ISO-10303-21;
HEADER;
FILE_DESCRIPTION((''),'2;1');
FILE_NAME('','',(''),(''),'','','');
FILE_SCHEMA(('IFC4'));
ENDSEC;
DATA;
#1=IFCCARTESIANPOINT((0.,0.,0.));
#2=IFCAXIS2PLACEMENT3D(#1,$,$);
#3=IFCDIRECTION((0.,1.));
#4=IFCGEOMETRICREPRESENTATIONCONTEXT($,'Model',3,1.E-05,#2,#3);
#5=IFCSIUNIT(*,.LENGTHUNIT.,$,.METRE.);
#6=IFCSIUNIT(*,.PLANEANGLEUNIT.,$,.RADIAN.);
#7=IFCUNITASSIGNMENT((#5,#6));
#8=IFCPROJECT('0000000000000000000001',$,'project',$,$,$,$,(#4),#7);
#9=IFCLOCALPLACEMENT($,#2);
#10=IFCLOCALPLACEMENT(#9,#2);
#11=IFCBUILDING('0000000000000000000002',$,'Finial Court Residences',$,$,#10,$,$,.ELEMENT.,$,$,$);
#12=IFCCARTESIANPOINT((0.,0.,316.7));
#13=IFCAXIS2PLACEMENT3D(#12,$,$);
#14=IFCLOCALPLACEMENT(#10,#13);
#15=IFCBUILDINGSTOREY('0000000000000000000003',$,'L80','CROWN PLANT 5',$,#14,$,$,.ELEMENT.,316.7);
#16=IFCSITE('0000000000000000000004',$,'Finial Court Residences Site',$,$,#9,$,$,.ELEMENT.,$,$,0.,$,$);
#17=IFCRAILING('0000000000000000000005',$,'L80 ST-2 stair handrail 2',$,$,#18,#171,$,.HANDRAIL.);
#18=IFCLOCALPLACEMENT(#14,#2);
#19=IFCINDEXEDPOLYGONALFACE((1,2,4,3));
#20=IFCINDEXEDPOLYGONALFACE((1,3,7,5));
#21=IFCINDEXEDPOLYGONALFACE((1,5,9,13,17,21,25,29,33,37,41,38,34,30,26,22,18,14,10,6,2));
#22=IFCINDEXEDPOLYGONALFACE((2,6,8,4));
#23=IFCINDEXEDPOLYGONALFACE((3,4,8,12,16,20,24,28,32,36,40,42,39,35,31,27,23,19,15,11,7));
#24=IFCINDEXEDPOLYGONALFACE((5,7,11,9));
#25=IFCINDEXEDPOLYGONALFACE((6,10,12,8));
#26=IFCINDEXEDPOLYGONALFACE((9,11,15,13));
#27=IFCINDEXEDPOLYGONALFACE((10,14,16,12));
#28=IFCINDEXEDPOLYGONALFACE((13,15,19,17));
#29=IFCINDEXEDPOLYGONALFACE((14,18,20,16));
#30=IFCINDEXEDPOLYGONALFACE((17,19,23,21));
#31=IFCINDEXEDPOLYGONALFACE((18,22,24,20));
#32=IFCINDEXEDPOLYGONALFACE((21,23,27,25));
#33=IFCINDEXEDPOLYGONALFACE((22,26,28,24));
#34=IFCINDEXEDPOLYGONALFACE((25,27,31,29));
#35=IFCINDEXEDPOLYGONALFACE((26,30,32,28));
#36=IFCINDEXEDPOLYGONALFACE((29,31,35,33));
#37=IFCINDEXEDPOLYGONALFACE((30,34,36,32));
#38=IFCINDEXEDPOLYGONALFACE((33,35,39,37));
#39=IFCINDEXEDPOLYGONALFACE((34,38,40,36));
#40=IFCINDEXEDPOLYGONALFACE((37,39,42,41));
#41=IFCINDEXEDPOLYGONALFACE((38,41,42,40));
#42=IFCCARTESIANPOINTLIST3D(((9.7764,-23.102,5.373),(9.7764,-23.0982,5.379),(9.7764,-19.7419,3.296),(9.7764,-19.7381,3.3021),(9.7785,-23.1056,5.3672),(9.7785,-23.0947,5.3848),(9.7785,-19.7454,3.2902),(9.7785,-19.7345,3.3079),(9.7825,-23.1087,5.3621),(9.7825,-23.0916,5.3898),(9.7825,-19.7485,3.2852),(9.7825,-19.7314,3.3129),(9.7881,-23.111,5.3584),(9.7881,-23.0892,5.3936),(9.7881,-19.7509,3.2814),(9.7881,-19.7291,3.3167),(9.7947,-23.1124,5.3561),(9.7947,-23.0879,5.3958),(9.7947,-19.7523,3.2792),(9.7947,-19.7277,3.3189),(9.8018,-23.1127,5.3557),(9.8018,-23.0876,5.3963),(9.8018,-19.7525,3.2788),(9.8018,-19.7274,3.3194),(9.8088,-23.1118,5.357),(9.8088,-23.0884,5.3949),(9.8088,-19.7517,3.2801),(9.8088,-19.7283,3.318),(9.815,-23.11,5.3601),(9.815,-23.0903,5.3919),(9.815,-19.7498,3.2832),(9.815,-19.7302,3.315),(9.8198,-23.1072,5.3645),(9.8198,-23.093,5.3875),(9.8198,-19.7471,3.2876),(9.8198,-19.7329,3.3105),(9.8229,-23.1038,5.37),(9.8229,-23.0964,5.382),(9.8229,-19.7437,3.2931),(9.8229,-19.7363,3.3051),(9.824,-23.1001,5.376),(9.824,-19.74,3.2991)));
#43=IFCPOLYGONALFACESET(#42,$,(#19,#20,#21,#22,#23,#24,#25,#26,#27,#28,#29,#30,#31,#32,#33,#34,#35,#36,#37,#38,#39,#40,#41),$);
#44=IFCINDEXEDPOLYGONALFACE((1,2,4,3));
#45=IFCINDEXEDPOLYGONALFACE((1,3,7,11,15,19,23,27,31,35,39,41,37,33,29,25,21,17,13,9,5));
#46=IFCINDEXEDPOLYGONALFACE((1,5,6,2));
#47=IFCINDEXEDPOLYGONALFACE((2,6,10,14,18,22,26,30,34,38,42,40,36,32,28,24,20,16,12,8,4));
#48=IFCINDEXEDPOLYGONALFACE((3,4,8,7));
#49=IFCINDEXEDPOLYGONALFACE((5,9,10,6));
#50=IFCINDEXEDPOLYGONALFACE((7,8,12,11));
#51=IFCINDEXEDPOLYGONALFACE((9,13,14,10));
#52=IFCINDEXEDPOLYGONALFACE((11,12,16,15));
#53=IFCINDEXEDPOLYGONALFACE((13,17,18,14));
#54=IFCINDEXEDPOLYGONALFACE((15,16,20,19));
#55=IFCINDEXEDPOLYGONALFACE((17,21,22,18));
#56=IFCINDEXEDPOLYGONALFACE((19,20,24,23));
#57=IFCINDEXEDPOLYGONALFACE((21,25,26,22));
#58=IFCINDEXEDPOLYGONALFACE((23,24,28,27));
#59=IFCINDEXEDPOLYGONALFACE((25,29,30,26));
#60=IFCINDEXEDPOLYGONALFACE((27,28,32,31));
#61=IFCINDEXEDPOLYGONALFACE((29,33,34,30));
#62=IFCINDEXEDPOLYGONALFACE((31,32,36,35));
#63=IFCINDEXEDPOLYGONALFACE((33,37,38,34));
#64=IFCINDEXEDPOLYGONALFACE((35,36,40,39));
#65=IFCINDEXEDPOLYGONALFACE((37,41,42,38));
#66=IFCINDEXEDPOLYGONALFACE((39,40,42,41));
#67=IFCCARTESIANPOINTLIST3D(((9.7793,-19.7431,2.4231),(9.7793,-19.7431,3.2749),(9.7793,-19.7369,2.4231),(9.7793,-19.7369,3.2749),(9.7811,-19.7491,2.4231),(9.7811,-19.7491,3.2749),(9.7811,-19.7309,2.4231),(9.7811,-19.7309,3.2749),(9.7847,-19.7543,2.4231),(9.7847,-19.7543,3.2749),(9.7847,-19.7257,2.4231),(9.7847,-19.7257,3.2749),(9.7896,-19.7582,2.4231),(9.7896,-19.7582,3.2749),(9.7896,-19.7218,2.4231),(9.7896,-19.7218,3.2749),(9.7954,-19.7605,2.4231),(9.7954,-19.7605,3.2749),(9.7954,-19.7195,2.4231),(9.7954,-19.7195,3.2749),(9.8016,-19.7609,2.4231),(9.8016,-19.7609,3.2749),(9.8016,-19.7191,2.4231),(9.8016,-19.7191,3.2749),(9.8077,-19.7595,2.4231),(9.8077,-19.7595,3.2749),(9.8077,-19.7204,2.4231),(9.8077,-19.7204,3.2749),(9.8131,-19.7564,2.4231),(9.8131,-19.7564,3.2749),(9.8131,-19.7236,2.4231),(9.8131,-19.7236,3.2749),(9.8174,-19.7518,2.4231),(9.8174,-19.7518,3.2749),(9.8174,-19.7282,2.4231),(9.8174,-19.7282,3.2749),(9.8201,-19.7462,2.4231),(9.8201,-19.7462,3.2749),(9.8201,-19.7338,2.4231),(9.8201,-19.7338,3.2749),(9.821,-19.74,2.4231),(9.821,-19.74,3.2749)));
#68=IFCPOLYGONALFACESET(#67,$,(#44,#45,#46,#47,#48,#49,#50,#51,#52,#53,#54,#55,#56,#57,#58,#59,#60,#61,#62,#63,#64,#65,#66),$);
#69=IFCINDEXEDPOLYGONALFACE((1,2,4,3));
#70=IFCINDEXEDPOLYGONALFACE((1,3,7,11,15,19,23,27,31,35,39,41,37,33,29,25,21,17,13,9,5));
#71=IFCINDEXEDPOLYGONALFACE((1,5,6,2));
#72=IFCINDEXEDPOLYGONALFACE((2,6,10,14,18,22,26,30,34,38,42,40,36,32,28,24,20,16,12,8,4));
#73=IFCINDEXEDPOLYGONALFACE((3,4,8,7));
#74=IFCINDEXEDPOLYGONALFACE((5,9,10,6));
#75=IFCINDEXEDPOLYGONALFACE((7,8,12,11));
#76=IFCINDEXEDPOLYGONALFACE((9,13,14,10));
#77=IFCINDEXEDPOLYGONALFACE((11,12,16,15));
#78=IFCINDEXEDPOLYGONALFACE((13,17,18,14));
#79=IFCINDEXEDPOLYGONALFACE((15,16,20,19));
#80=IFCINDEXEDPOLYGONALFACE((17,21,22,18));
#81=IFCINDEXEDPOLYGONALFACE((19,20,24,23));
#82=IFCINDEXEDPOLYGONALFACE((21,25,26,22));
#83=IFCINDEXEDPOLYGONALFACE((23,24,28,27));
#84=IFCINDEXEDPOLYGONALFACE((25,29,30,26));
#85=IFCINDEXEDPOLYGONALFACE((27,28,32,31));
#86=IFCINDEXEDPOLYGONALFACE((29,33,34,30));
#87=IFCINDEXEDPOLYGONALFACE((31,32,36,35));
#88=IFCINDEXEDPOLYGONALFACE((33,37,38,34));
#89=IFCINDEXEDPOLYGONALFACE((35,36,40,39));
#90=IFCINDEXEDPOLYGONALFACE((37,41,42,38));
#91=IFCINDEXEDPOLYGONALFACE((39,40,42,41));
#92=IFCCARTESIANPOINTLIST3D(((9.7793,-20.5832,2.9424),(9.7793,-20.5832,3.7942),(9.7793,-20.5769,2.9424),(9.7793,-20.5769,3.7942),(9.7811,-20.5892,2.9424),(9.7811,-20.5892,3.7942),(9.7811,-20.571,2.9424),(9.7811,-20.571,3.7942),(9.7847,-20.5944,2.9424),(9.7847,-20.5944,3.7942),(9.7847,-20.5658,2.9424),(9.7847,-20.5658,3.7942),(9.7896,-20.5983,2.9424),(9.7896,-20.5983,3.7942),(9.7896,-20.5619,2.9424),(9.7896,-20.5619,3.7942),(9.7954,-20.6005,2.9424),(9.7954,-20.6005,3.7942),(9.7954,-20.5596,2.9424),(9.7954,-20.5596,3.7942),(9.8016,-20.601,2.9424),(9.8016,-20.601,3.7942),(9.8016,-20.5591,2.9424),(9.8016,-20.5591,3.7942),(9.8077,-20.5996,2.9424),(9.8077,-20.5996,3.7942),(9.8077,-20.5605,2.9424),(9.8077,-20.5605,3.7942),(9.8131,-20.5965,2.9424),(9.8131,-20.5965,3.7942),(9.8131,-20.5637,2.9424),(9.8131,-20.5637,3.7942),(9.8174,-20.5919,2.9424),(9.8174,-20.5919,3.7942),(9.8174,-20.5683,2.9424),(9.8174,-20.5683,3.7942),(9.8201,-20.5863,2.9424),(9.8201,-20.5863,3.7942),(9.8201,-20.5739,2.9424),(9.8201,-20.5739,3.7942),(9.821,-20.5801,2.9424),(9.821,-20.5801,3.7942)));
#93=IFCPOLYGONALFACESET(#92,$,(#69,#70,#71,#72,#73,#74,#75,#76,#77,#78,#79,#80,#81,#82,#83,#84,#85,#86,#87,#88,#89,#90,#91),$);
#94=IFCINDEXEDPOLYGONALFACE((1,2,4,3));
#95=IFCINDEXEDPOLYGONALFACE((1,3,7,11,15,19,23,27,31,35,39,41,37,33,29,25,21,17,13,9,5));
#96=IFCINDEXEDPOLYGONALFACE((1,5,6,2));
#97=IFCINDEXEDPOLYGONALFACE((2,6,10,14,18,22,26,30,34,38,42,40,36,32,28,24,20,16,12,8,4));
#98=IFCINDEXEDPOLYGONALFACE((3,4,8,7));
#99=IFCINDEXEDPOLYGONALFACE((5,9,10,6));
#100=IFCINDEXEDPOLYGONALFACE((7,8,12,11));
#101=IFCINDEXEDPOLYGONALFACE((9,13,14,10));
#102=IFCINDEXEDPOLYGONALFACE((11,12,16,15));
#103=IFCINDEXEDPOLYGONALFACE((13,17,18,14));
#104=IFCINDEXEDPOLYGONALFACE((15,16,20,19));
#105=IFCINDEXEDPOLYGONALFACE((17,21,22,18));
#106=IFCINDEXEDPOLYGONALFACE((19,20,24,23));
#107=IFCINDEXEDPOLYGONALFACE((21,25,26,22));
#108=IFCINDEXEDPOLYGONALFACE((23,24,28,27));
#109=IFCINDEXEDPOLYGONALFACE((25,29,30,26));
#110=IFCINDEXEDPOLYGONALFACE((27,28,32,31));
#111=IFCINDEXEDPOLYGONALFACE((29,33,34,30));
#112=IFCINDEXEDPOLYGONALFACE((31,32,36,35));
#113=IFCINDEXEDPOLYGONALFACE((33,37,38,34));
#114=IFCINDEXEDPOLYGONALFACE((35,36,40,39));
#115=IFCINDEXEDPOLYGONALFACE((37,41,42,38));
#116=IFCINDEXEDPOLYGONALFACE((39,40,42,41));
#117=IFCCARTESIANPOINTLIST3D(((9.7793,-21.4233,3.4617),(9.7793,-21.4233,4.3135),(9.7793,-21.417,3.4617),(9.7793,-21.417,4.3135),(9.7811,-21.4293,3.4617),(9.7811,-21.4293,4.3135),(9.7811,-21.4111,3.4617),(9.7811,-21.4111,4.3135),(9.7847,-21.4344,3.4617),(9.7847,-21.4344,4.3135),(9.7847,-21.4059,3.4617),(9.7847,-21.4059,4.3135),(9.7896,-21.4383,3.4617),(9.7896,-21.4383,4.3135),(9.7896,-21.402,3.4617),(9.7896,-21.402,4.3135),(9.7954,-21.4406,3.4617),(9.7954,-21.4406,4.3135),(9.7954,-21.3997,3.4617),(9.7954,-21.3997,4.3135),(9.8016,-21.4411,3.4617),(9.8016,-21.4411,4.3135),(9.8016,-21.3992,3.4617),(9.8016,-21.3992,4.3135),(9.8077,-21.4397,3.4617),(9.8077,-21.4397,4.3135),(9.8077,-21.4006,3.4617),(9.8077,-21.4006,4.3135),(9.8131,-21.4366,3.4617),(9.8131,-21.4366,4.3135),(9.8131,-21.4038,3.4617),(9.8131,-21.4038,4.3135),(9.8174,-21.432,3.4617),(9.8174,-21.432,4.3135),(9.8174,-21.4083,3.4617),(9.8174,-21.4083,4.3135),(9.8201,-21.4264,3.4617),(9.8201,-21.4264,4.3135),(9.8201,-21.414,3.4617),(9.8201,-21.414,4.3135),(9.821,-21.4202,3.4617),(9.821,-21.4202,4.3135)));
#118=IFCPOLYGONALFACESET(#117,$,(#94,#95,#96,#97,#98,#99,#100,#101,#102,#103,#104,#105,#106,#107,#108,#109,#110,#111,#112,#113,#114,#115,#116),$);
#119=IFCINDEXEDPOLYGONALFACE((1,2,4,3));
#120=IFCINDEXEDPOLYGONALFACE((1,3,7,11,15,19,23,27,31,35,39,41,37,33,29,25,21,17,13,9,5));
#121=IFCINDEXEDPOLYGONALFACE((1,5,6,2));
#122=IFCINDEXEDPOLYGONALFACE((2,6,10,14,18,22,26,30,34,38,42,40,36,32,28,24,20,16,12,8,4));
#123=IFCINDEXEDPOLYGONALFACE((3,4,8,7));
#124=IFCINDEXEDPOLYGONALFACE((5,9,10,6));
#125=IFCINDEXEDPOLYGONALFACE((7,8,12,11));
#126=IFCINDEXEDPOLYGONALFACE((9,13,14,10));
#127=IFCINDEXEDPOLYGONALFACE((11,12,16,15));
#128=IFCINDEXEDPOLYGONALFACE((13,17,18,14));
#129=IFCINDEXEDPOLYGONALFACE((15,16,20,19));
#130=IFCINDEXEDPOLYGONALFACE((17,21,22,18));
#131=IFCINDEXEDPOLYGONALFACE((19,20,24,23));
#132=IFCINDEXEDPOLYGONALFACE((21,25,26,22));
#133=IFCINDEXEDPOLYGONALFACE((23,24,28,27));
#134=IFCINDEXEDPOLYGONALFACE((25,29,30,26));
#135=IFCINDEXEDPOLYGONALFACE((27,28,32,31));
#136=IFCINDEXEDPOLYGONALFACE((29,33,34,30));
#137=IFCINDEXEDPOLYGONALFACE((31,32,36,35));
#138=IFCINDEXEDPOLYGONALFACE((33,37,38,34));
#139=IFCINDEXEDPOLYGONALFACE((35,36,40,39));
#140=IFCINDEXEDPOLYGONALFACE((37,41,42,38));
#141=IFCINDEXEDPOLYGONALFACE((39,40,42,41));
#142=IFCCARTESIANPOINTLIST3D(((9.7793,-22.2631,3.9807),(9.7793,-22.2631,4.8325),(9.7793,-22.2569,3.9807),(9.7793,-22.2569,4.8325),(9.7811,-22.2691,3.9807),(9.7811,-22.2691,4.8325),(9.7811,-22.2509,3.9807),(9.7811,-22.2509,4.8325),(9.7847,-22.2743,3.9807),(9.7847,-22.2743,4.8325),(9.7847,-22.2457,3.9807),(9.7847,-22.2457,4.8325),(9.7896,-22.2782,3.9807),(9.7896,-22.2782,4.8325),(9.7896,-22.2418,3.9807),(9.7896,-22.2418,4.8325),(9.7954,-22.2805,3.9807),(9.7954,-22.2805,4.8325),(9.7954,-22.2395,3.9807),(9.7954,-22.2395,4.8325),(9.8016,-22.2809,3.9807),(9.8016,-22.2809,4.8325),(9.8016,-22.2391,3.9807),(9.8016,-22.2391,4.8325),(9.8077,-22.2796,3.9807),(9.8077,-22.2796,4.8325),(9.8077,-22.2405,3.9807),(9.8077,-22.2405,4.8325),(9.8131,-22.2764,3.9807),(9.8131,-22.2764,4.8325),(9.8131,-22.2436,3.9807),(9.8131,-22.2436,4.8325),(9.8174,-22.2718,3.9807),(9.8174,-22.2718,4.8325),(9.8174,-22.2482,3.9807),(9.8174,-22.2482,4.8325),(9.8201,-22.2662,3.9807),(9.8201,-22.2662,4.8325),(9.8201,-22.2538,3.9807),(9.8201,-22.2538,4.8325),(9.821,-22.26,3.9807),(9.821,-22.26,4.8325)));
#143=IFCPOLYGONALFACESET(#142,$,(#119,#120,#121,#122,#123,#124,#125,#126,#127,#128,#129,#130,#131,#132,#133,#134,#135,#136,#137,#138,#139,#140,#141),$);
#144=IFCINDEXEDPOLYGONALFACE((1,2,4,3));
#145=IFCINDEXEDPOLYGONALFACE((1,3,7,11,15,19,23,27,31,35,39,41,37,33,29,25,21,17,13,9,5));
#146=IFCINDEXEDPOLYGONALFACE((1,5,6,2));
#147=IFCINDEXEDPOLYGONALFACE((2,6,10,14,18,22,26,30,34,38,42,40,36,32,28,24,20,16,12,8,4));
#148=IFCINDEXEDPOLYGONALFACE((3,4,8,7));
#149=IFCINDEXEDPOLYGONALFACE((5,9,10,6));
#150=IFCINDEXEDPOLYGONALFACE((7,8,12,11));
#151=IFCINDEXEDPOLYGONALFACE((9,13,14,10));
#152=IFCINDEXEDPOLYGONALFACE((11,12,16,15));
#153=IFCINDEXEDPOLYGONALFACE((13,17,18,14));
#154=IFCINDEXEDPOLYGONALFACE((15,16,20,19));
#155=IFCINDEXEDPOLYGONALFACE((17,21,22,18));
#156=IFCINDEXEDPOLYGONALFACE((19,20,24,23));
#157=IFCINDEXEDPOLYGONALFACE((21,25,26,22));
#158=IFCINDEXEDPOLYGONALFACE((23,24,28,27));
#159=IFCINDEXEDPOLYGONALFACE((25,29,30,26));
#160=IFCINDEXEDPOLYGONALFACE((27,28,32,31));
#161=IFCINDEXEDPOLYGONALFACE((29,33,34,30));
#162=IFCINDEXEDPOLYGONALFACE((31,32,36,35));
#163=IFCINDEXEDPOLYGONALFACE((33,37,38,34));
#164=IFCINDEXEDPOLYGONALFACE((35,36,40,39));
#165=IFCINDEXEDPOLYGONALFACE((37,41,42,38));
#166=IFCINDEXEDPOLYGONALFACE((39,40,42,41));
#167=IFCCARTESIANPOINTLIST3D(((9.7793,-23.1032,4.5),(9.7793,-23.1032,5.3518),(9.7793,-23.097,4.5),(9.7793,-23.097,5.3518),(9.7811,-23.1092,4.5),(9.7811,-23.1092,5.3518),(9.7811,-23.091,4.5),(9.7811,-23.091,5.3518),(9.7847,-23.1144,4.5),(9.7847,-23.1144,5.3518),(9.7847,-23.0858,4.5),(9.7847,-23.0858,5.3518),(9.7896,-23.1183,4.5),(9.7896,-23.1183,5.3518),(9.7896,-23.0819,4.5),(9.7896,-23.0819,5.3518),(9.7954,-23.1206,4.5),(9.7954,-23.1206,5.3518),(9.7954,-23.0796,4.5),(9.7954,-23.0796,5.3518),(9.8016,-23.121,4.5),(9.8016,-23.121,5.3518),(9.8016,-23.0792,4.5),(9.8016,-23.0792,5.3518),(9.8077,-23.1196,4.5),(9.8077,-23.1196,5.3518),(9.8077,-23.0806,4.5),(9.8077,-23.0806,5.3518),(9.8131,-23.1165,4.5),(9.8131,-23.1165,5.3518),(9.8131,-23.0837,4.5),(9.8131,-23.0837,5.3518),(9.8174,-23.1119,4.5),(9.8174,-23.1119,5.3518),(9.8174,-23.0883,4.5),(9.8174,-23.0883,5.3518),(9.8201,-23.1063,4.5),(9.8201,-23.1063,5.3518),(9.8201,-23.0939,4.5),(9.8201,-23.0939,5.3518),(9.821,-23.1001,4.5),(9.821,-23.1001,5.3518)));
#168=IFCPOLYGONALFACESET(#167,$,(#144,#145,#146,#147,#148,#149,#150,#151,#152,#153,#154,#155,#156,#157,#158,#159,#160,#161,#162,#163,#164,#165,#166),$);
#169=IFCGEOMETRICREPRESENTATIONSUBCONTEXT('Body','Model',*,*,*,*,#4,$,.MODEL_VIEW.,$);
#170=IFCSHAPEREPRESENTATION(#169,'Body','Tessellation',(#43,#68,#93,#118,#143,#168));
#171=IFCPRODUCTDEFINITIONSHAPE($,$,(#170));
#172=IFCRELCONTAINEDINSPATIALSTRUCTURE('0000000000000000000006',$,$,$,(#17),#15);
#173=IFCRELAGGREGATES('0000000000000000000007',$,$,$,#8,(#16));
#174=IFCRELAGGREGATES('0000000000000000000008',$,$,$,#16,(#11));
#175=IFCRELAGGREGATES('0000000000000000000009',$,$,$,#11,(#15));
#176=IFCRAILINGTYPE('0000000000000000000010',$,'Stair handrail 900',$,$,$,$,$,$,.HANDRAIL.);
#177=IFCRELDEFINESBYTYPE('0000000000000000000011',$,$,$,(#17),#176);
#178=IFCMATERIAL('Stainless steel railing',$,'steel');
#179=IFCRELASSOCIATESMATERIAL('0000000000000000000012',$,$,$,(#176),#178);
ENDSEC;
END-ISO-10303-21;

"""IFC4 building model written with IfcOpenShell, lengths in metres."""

from ifc_helpers import new_model, si_unit, direction, frame, origin, origin_2d, place, context, subcontext, project, spatial, circle, extrude, material, type_object, element, save


model = new_model("IFC4")

# Units and contexts
model_context = context("Model", 3, precision=1e-05, world=origin(), true_north=direction((0.0, 1.0)))
body_context = subcontext(model_context, "Body", "Model", "MODEL_VIEW")
ifc_project = project(units=[si_unit("LENGTHUNIT", "METRE"), si_unit("PLANEANGLEUNIT", "RADIAN")], contexts=[model_context])

# Site, building, storey
site_placement = place(None, origin())
site = spatial("IfcSite", under=ifc_project, at=site_placement, Name="Finial Court Residences Site", CompositionType="ELEMENT", RefElevation=0.0)
building_placement = place(site_placement, origin())
building = spatial("IfcBuilding", under=site, at=building_placement, Name="Finial Court Residences", CompositionType="ELEMENT")
storey_placement = place(building_placement, frame((0.0, 0.0, 316.7)))
storey = spatial("IfcBuildingStorey", under=building, at=storey_placement, Name="L80", Description="CROWN PLANT 5", CompositionType="ELEMENT", Elevation=316.7)

# Railing
ifc_material_1 = material(Name="Stainless steel railing", Category="steel")
railing_type_1 = type_object("IfcRailingType", Name="Stair handrail 900", PredefinedType="HANDRAIL", material=ifc_material_1)
railing_1_placement = place(storey_placement, frame((9.8, -19.74, 2.4231)))
element("IfcRailing", 1, at=railing_1_placement, inside=storey, type_object=railing_type_1, Name="L80 ST-2 stair handrail 2", PredefinedType="HANDRAIL", context=body_context, shape_type="SweptSolid", body=[
    extrude(circle(Radius=0.0239, at=origin_2d()), frame((0.0, 0.0, 0.876), z_axis=(0.0, -0.850623, 0.525776), x_axis=(1.0, 0.0, 0.0)), (0.0, 0.0, 1.0), 3.9502),
    extrude(circle(Radius=0.021, at=origin_2d()), origin(), (0.0, 0.0, 1.0), 0.8518),
    extrude(circle(Radius=0.021, at=origin_2d()), frame((0.0, -0.8401, 0.5193)), (0.0, 0.0, 1.0), 0.8518),
    extrude(circle(Radius=0.021, at=origin_2d()), frame((0.0, -1.6802, 1.0386)), (0.0, 0.0, 1.0), 0.8518),
    extrude(circle(Radius=0.021, at=origin_2d()), frame((0.0, -2.52, 1.5576)), (0.0, 0.0, 1.0), 0.8518),
    extrude(circle(Radius=0.021, at=origin_2d()), frame((0.0, -3.3601, 2.0769)), (0.0, 0.0, 1.0), 0.8518),
])

save(model, "model.ifc")
